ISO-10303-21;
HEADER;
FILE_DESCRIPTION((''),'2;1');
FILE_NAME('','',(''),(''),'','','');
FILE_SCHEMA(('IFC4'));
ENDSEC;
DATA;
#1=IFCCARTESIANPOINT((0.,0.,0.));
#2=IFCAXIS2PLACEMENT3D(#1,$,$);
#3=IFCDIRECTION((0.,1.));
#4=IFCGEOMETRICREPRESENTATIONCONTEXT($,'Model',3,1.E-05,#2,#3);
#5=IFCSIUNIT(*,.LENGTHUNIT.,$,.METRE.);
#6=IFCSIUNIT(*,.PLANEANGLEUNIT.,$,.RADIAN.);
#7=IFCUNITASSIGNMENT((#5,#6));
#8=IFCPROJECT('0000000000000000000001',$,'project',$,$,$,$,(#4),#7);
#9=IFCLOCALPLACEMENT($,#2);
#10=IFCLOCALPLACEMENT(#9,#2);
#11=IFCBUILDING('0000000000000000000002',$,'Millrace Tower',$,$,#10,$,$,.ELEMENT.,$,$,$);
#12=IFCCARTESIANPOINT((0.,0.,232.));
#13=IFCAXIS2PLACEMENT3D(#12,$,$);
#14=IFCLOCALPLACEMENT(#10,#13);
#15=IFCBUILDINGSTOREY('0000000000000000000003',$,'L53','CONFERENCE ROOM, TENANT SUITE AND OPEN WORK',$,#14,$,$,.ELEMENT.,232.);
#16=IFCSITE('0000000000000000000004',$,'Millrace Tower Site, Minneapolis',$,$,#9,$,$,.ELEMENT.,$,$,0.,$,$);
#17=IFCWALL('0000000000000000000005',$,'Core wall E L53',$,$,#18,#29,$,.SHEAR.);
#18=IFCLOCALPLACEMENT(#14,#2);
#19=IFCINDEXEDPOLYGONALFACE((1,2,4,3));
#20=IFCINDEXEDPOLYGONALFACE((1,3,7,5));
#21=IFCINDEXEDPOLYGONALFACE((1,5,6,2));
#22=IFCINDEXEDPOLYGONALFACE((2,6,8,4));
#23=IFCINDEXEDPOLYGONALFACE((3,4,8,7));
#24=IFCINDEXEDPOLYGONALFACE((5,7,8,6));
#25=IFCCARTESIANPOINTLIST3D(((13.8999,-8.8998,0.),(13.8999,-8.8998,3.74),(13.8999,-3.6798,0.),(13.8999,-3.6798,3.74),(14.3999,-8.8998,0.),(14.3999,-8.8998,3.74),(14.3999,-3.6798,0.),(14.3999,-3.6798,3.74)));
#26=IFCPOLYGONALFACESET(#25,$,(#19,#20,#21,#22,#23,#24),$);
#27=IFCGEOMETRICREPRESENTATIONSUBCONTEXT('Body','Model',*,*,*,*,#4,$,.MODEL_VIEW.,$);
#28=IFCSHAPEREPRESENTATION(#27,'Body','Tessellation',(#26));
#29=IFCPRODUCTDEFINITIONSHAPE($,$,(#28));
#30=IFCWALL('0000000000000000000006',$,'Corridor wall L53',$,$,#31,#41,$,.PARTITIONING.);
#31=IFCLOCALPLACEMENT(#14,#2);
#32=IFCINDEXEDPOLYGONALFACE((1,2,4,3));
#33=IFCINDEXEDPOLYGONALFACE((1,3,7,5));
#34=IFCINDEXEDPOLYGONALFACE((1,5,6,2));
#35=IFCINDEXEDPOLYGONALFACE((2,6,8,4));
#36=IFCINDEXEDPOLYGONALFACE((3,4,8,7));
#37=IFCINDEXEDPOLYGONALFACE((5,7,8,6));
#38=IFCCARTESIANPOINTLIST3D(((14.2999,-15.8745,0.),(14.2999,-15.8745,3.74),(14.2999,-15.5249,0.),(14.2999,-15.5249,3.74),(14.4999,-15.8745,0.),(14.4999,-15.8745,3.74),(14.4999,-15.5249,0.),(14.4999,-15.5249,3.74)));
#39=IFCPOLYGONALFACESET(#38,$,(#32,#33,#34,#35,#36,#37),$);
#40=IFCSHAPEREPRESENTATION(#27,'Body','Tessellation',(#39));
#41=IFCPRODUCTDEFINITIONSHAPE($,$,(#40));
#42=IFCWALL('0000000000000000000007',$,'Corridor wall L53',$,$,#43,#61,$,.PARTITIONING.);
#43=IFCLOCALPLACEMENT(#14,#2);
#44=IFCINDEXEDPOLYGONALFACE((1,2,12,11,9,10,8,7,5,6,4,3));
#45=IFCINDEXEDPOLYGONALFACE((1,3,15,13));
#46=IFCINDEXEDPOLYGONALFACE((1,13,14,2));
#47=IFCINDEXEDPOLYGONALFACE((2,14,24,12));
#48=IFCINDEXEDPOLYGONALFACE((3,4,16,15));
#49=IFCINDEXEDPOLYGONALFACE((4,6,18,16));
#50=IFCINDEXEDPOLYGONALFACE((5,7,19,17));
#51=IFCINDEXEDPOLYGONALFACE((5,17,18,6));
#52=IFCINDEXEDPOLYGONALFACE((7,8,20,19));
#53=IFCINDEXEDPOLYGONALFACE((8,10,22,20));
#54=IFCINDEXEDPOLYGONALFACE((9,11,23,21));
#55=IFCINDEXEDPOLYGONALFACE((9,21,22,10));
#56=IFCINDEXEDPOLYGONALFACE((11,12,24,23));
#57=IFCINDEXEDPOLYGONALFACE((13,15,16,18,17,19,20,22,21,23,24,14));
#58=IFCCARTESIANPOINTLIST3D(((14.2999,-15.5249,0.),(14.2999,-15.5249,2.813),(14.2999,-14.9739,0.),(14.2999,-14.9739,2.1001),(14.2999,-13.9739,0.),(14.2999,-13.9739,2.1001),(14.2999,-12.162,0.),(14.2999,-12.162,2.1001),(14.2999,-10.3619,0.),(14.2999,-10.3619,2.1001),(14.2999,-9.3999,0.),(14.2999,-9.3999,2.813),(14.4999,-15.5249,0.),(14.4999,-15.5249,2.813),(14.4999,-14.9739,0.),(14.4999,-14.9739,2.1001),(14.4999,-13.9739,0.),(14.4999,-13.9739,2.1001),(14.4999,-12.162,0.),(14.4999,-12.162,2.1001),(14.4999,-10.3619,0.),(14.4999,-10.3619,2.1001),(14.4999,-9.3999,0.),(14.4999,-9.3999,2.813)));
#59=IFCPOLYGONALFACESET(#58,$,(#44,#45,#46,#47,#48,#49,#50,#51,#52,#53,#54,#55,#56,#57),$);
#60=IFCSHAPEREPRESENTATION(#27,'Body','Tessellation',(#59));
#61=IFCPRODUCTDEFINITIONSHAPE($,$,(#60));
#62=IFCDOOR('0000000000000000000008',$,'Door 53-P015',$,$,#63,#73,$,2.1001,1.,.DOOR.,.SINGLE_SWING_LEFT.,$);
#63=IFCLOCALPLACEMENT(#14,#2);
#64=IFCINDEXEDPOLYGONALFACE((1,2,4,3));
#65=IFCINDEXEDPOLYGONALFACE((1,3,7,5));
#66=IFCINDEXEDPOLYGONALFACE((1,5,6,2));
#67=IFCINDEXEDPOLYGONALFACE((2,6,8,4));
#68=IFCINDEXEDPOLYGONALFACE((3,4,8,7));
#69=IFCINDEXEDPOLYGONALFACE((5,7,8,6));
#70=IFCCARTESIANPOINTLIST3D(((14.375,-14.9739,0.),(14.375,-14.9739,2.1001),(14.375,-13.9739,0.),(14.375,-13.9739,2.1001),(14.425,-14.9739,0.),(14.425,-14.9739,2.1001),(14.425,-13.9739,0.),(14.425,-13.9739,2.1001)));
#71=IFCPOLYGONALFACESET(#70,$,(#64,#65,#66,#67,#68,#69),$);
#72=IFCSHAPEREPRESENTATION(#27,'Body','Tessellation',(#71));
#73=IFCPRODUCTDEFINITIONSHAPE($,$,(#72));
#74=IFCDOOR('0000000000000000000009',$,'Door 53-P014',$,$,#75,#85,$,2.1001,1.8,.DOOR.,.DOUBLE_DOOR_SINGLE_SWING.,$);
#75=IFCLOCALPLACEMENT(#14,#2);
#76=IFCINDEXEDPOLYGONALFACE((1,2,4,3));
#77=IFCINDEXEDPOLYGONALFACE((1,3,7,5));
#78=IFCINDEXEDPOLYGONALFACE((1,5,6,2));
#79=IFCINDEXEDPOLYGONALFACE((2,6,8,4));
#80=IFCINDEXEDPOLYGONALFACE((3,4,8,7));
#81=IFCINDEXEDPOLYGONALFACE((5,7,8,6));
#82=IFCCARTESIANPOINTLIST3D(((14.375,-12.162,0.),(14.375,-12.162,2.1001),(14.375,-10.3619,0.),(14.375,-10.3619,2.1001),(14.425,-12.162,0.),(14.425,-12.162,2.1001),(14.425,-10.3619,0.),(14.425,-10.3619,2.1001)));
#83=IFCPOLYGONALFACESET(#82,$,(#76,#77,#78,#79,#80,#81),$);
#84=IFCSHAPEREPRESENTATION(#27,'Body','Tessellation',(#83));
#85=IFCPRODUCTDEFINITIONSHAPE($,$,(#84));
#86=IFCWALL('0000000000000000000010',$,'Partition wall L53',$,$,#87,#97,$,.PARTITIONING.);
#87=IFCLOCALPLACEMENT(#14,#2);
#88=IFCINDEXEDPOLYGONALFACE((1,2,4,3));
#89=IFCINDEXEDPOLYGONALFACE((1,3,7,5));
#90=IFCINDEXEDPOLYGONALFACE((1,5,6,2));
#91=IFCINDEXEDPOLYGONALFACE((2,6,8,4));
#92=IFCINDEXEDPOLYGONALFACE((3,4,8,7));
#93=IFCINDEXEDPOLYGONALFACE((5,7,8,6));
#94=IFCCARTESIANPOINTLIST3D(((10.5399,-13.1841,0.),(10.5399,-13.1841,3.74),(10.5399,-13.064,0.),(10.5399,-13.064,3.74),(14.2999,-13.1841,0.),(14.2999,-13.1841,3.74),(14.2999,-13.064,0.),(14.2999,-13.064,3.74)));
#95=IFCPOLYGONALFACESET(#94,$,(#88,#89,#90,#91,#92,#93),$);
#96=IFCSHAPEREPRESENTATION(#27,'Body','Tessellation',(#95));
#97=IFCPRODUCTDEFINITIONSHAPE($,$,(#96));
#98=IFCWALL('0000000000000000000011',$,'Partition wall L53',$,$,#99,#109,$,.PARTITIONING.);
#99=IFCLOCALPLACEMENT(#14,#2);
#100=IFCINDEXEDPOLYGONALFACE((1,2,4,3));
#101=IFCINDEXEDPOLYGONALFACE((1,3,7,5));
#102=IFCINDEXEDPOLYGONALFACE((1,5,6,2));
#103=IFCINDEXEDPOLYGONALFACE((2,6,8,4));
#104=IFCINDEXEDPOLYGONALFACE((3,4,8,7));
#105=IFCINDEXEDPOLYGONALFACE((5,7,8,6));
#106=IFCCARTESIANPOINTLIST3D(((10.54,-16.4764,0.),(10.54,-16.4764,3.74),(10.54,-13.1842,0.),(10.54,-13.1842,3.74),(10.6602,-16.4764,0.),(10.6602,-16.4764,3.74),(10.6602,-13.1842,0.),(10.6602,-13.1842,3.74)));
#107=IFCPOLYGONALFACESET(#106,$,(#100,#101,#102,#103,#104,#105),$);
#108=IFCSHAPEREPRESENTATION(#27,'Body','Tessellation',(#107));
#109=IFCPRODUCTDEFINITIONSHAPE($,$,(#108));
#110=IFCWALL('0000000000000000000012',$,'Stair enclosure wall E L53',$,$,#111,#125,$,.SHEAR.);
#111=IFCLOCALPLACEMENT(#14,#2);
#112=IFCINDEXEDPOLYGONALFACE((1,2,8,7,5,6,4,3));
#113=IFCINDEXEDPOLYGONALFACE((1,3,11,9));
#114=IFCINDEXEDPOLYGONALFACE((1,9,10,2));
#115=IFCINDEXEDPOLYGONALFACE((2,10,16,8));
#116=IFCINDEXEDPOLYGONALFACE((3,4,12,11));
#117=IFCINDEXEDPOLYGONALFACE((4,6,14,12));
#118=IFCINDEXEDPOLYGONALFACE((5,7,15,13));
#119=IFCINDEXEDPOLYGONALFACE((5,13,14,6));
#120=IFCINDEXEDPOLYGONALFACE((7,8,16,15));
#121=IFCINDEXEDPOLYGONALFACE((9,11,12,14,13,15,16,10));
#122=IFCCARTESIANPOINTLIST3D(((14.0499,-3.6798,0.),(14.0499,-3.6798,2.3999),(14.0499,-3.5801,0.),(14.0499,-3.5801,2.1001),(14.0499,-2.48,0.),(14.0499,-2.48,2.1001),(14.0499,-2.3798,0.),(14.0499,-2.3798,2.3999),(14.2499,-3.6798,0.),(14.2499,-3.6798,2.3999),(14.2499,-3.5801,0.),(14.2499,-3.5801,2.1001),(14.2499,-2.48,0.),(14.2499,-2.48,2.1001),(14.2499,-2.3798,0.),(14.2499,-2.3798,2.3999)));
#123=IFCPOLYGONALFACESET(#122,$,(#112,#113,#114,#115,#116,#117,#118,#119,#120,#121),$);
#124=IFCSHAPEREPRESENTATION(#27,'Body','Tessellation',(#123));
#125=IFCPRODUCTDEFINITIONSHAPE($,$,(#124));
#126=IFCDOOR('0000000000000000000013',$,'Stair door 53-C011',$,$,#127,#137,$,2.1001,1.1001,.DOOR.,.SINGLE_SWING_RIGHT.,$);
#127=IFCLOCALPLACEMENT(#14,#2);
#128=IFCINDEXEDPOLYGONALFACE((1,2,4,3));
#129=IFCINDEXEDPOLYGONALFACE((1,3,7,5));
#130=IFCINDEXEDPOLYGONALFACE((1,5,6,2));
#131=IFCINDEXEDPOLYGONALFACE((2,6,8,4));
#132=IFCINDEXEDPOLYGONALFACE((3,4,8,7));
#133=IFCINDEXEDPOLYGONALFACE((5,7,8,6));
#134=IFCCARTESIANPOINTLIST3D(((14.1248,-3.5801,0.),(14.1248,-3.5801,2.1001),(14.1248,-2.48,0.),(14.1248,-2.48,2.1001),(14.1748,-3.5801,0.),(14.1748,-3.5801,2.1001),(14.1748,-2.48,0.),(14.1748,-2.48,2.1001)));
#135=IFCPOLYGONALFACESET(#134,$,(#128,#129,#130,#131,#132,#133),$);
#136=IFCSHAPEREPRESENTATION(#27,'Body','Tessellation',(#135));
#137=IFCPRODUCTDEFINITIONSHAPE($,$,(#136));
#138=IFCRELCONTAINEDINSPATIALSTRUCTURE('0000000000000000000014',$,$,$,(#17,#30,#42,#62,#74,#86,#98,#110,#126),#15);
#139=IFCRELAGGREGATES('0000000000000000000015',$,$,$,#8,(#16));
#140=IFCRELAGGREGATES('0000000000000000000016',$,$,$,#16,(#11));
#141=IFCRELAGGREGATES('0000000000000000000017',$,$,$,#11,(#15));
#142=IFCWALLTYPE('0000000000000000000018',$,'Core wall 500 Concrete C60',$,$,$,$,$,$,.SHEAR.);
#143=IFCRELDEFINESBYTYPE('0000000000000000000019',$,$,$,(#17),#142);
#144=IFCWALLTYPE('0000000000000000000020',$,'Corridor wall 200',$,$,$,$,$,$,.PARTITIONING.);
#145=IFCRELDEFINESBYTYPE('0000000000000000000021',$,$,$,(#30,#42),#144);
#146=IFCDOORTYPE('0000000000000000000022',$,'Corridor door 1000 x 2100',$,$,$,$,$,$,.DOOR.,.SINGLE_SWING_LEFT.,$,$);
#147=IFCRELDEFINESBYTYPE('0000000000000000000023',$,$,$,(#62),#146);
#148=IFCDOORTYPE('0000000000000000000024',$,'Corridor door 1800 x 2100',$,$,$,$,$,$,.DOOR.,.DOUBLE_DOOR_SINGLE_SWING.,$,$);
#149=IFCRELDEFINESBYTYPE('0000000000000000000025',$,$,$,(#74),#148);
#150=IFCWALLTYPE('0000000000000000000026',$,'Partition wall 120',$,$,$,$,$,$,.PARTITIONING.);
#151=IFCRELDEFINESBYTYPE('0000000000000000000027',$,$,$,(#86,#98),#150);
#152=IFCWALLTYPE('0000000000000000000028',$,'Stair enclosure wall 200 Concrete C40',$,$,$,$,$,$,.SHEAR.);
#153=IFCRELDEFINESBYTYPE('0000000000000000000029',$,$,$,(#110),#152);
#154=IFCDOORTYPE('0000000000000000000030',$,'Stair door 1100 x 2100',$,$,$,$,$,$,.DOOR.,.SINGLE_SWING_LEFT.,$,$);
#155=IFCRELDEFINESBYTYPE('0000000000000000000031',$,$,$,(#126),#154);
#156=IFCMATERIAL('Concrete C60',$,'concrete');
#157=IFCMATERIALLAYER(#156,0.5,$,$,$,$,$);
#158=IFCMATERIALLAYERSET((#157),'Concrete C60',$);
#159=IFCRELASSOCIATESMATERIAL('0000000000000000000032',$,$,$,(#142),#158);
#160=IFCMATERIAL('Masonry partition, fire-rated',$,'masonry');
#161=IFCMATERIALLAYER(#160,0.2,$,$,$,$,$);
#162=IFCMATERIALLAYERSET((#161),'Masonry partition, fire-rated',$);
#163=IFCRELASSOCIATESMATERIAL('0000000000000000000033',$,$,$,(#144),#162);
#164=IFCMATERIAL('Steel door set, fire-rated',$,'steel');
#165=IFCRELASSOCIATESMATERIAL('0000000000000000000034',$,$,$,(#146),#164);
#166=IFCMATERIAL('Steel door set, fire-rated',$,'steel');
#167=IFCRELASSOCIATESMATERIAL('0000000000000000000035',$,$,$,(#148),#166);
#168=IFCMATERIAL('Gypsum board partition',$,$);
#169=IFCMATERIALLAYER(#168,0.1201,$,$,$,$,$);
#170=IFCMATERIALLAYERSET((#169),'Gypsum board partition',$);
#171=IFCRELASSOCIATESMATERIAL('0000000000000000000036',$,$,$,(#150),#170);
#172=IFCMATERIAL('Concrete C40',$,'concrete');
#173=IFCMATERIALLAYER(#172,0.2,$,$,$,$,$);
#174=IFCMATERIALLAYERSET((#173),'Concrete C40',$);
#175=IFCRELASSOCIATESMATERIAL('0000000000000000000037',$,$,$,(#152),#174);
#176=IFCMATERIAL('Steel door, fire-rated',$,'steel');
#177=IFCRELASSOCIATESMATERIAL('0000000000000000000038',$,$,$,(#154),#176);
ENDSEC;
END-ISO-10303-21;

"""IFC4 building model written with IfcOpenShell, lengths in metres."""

from ifc_helpers import new_model, si_unit, direction, frame, frame_2d, origin, place, context, subcontext, project, spatial, rectangle, extrude, material, layer, layer_set, type_object, element, fill, save


model = new_model("IFC4")

# Units and contexts
model_context = context("Model", 3, precision=1e-05, world=origin(), true_north=direction((0.0, 1.0)))
body_context = subcontext(model_context, "Body", "Model", "MODEL_VIEW")
ifc_project = project(units=[si_unit("LENGTHUNIT", "METRE"), si_unit("PLANEANGLEUNIT", "RADIAN")], contexts=[model_context])

# Site, building, storey
site_placement = place(None, origin())
site = spatial("IfcSite", under=ifc_project, at=site_placement, Name="Millrace Tower Site, Minneapolis", CompositionType="ELEMENT", RefElevation=0.0)
building_placement = place(site_placement, origin())
building = spatial("IfcBuilding", under=site, at=building_placement, Name="Millrace Tower", CompositionType="ELEMENT")
storey_placement = place(building_placement, frame((0.0, 0.0, 232.0)))
storey = spatial("IfcBuildingStorey", under=building, at=storey_placement, Name="L53", Description="CONFERENCE ROOM, TENANT SUITE AND OPEN WORK", CompositionType="ELEMENT", Elevation=232.0)

# Walls
ifc_material_1 = material(Name="Concrete C60", Category="concrete")
ifc_layer_1 = layer(ifc_material_1, 0.5)
ifc_layer_set_1 = layer_set([ifc_layer_1], Name="Concrete C60")
wall_type_1 = type_object("IfcWallType", Name="Core wall 500 Concrete C60", PredefinedType="SHEAR", material=ifc_layer_set_1)
wall_1_placement = place(storey_placement, frame((14.1499, -3.6799, 0.0), z_axis=(0.0, 0.0, 1.0), x_axis=(0.0, -1.0, 0.0)))
element("IfcWall", 1, at=wall_1_placement, inside=storey, type_object=wall_type_1, Name="Core wall E L53", PredefinedType="SHEAR", context=body_context, shape_type="SweptSolid", body=[
    extrude(rectangle(XDim=5.22, YDim=0.5, at=frame_2d((2.6099, 0.0))), origin(), (0.0, 0.0, 1.0), 3.74),
])
ifc_material_2 = material(Name="Masonry partition, fire-rated", Category="masonry")
ifc_layer_2 = layer(ifc_material_2, 0.2)
ifc_layer_set_2 = layer_set([ifc_layer_2], Name="Masonry partition, fire-rated")
wall_type_2 = type_object("IfcWallType", Name="Corridor wall 200", PredefinedType="PARTITIONING", material=ifc_layer_set_2)
wall_2_placement = place(storey_placement, frame((14.3999, -15.8745, 0.0), z_axis=(0.0, 0.0, 1.0), x_axis=(0.0, 1.0, 0.0)))
element("IfcWall", 2, at=wall_2_placement, inside=storey, type_object=wall_type_2, Name="Corridor wall L53", PredefinedType="PARTITIONING", context=body_context, shape_type="SweptSolid", body=[
    extrude(rectangle(XDim=0.3496, YDim=0.2, at=frame_2d((0.1748, 0.0))), origin(), (0.0, 0.0, 1.0), 3.74),
])

# Wall, openings, doors
wall_3_placement = place(storey_placement, frame((14.3999, -15.5249, 0.0), z_axis=(0.0, 0.0, 1.0), x_axis=(0.0, 1.0, 0.0)))
wall_3 = element("IfcWall", 3, at=wall_3_placement, inside=storey, type_object=wall_type_2, Name="Corridor wall L53", PredefinedType="PARTITIONING", context=body_context, shape_type="SweptSolid", body=[
    extrude(rectangle(XDim=6.125, YDim=0.2, at=frame_2d((3.0625, 0.0))), origin(), (0.0, 0.0, 1.0), 2.813),
])
opening_1_placement = place(wall_3_placement, frame((3.363, 0.0, 0.0)))
opening_1 = element("IfcOpeningElement", 4, at=opening_1_placement, cuts=wall_3, PredefinedType="OPENING", context=body_context, shape_type="SweptSolid", body=[
    extrude(rectangle(XDim=1.8, YDim=2.1001, at=frame_2d((0.8999, 1.05))), frame((0.0, 0.1099, 0.0), z_axis=(0.0, -1.0, 0.0), x_axis=(1.0, 0.0, 0.0)), (0.0, 0.0, 1.0), 0.22),
])
opening_2_placement = place(wall_3_placement, frame((0.551, 0.0, 0.0)))
opening_2 = element("IfcOpeningElement", 5, at=opening_2_placement, cuts=wall_3, PredefinedType="OPENING", context=body_context, shape_type="SweptSolid", body=[
    extrude(rectangle(XDim=1.0, YDim=2.1001, at=frame_2d((0.5, 1.05))), frame((0.0, 0.1099, 0.0), z_axis=(0.0, -1.0, 0.0), x_axis=(1.0, 0.0, 0.0)), (0.0, 0.0, 1.0), 0.22),
])
ifc_material_3 = material(Name="Steel door set, fire-rated", Category="steel")
door_type_1 = type_object("IfcDoorType", Name="Corridor door 1000 x 2100", OperationType="SINGLE_SWING_LEFT", PredefinedType="DOOR", material=ifc_material_3)
door_1_placement = place(opening_2_placement, origin())
door_1 = element("IfcDoor", 6, at=door_1_placement, inside=storey, type_object=door_type_1, Name="Door 53-P015", OperationType="SINGLE_SWING_LEFT", OverallHeight=2.1001, OverallWidth=1.0, PredefinedType="DOOR", context=body_context, shape_type="SweptSolid", body=[
    extrude(rectangle(XDim=1.0, YDim=2.1001, at=frame_2d((0.5, 1.05))), frame((0.0, 0.0249, 0.0), z_axis=(0.0, -1.0, 0.0), x_axis=(1.0, 0.0, 0.0)), (0.0, 0.0, 1.0), 0.05),
])
fill(opening_2, door_1)
ifc_material_4 = material(Name="Steel door set, fire-rated", Category="steel")
door_type_2 = type_object("IfcDoorType", Name="Corridor door 1800 x 2100", OperationType="DOUBLE_DOOR_SINGLE_SWING", PredefinedType="DOOR", material=ifc_material_4)
door_2_placement = place(opening_1_placement, origin())
door_2 = element("IfcDoor", 7, at=door_2_placement, inside=storey, type_object=door_type_2, Name="Door 53-P014", OperationType="DOUBLE_DOOR_SINGLE_SWING", OverallHeight=2.1001, OverallWidth=1.8, PredefinedType="DOOR", context=body_context, shape_type="SweptSolid", body=[
    extrude(rectangle(XDim=1.8, YDim=2.1001, at=frame_2d((0.8999, 1.05))), frame((0.0, 0.0249, 0.0), z_axis=(0.0, -1.0, 0.0), x_axis=(1.0, 0.0, 0.0)), (0.0, 0.0, 1.0), 0.05),
])
fill(opening_1, door_2)

# Walls
ifc_material_5 = material(Name="Gypsum board partition")
ifc_layer_3 = layer(ifc_material_5, 0.1201)
ifc_layer_set_3 = layer_set([ifc_layer_3], Name="Gypsum board partition")
wall_type_3 = type_object("IfcWallType", Name="Partition wall 120", PredefinedType="PARTITIONING", material=ifc_layer_set_3)
wall_4_placement = place(storey_placement, frame((10.54, -13.124, 0.0), z_axis=(0.0, 0.0, 1.0), x_axis=(1.0, 0.0, 0.0)))
element("IfcWall", 8, at=wall_4_placement, inside=storey, type_object=wall_type_3, Name="Partition wall L53", PredefinedType="PARTITIONING", context=body_context, shape_type="SweptSolid", body=[
    extrude(rectangle(XDim=3.76, YDim=0.1201, at=frame_2d((1.8799, 0.0))), origin(), (0.0, 0.0, 1.0), 3.74),
])
wall_5_placement = place(storey_placement, frame((10.6001, -16.4763, 0.0), z_axis=(0.0, 0.0, 1.0), x_axis=(0.0, 1.0, 0.0)))
element("IfcWall", 9, at=wall_5_placement, inside=storey, type_object=wall_type_3, Name="Partition wall L53", PredefinedType="PARTITIONING", context=body_context, shape_type="SweptSolid", body=[
    extrude(rectangle(XDim=3.2922, YDim=0.1201, at=frame_2d((1.646, 0.0))), origin(), (0.0, 0.0, 1.0), 3.74),
])

# Wall, opening, door
ifc_material_6 = material(Name="Concrete C40", Category="concrete")
ifc_layer_4 = layer(ifc_material_6, 0.2)
ifc_layer_set_4 = layer_set([ifc_layer_4], Name="Concrete C40")
wall_type_4 = type_object("IfcWallType", Name="Stair enclosure wall 200 Concrete C40", PredefinedType="SHEAR", material=ifc_layer_set_4)
wall_6_placement = place(storey_placement, frame((14.1499, -2.3799, 0.0), z_axis=(0.0, 0.0, 1.0), x_axis=(0.0, -1.0, 0.0)))
wall_6 = element("IfcWall", 10, at=wall_6_placement, inside=storey, type_object=wall_type_4, Name="Stair enclosure wall E L53", PredefinedType="SHEAR", context=body_context, shape_type="SweptSolid", body=[
    extrude(rectangle(XDim=1.3, YDim=0.2, at=frame_2d((0.6499, 0.0))), origin(), (0.0, 0.0, 1.0), 2.3999),
])
opening_3_placement = place(wall_6_placement, frame((0.1001, 0.0, 0.0)))
opening_3 = element("IfcOpeningElement", 11, at=opening_3_placement, cuts=wall_6, PredefinedType="OPENING", context=body_context, shape_type="SweptSolid", body=[
    extrude(rectangle(XDim=1.1001, YDim=2.1001, at=frame_2d((0.55, 1.05))), frame((0.0, 0.1099, 0.0), z_axis=(0.0, -1.0, 0.0), x_axis=(1.0, 0.0, 0.0)), (0.0, 0.0, 1.0), 0.22),
])
ifc_material_7 = material(Name="Steel door, fire-rated", Category="steel")
door_type_3 = type_object("IfcDoorType", Name="Stair door 1100 x 2100", OperationType="SINGLE_SWING_LEFT", PredefinedType="DOOR", material=ifc_material_7)
door_3_placement = place(opening_3_placement, origin())
door_3 = element("IfcDoor", 12, at=door_3_placement, inside=storey, type_object=door_type_3, Name="Stair door 53-C011", OperationType="SINGLE_SWING_RIGHT", OverallHeight=2.1001, OverallWidth=1.1001, PredefinedType="DOOR", context=body_context, shape_type="SweptSolid", body=[
    extrude(rectangle(XDim=1.1001, YDim=2.1001, at=frame_2d((0.55, 1.05))), frame((0.0, 0.0249, 0.0), z_axis=(0.0, -1.0, 0.0), x_axis=(1.0, 0.0, 0.0)), (0.0, 0.0, 1.0), 0.05),
])
fill(opening_3, door_3)

save(model, "model.ifc")
